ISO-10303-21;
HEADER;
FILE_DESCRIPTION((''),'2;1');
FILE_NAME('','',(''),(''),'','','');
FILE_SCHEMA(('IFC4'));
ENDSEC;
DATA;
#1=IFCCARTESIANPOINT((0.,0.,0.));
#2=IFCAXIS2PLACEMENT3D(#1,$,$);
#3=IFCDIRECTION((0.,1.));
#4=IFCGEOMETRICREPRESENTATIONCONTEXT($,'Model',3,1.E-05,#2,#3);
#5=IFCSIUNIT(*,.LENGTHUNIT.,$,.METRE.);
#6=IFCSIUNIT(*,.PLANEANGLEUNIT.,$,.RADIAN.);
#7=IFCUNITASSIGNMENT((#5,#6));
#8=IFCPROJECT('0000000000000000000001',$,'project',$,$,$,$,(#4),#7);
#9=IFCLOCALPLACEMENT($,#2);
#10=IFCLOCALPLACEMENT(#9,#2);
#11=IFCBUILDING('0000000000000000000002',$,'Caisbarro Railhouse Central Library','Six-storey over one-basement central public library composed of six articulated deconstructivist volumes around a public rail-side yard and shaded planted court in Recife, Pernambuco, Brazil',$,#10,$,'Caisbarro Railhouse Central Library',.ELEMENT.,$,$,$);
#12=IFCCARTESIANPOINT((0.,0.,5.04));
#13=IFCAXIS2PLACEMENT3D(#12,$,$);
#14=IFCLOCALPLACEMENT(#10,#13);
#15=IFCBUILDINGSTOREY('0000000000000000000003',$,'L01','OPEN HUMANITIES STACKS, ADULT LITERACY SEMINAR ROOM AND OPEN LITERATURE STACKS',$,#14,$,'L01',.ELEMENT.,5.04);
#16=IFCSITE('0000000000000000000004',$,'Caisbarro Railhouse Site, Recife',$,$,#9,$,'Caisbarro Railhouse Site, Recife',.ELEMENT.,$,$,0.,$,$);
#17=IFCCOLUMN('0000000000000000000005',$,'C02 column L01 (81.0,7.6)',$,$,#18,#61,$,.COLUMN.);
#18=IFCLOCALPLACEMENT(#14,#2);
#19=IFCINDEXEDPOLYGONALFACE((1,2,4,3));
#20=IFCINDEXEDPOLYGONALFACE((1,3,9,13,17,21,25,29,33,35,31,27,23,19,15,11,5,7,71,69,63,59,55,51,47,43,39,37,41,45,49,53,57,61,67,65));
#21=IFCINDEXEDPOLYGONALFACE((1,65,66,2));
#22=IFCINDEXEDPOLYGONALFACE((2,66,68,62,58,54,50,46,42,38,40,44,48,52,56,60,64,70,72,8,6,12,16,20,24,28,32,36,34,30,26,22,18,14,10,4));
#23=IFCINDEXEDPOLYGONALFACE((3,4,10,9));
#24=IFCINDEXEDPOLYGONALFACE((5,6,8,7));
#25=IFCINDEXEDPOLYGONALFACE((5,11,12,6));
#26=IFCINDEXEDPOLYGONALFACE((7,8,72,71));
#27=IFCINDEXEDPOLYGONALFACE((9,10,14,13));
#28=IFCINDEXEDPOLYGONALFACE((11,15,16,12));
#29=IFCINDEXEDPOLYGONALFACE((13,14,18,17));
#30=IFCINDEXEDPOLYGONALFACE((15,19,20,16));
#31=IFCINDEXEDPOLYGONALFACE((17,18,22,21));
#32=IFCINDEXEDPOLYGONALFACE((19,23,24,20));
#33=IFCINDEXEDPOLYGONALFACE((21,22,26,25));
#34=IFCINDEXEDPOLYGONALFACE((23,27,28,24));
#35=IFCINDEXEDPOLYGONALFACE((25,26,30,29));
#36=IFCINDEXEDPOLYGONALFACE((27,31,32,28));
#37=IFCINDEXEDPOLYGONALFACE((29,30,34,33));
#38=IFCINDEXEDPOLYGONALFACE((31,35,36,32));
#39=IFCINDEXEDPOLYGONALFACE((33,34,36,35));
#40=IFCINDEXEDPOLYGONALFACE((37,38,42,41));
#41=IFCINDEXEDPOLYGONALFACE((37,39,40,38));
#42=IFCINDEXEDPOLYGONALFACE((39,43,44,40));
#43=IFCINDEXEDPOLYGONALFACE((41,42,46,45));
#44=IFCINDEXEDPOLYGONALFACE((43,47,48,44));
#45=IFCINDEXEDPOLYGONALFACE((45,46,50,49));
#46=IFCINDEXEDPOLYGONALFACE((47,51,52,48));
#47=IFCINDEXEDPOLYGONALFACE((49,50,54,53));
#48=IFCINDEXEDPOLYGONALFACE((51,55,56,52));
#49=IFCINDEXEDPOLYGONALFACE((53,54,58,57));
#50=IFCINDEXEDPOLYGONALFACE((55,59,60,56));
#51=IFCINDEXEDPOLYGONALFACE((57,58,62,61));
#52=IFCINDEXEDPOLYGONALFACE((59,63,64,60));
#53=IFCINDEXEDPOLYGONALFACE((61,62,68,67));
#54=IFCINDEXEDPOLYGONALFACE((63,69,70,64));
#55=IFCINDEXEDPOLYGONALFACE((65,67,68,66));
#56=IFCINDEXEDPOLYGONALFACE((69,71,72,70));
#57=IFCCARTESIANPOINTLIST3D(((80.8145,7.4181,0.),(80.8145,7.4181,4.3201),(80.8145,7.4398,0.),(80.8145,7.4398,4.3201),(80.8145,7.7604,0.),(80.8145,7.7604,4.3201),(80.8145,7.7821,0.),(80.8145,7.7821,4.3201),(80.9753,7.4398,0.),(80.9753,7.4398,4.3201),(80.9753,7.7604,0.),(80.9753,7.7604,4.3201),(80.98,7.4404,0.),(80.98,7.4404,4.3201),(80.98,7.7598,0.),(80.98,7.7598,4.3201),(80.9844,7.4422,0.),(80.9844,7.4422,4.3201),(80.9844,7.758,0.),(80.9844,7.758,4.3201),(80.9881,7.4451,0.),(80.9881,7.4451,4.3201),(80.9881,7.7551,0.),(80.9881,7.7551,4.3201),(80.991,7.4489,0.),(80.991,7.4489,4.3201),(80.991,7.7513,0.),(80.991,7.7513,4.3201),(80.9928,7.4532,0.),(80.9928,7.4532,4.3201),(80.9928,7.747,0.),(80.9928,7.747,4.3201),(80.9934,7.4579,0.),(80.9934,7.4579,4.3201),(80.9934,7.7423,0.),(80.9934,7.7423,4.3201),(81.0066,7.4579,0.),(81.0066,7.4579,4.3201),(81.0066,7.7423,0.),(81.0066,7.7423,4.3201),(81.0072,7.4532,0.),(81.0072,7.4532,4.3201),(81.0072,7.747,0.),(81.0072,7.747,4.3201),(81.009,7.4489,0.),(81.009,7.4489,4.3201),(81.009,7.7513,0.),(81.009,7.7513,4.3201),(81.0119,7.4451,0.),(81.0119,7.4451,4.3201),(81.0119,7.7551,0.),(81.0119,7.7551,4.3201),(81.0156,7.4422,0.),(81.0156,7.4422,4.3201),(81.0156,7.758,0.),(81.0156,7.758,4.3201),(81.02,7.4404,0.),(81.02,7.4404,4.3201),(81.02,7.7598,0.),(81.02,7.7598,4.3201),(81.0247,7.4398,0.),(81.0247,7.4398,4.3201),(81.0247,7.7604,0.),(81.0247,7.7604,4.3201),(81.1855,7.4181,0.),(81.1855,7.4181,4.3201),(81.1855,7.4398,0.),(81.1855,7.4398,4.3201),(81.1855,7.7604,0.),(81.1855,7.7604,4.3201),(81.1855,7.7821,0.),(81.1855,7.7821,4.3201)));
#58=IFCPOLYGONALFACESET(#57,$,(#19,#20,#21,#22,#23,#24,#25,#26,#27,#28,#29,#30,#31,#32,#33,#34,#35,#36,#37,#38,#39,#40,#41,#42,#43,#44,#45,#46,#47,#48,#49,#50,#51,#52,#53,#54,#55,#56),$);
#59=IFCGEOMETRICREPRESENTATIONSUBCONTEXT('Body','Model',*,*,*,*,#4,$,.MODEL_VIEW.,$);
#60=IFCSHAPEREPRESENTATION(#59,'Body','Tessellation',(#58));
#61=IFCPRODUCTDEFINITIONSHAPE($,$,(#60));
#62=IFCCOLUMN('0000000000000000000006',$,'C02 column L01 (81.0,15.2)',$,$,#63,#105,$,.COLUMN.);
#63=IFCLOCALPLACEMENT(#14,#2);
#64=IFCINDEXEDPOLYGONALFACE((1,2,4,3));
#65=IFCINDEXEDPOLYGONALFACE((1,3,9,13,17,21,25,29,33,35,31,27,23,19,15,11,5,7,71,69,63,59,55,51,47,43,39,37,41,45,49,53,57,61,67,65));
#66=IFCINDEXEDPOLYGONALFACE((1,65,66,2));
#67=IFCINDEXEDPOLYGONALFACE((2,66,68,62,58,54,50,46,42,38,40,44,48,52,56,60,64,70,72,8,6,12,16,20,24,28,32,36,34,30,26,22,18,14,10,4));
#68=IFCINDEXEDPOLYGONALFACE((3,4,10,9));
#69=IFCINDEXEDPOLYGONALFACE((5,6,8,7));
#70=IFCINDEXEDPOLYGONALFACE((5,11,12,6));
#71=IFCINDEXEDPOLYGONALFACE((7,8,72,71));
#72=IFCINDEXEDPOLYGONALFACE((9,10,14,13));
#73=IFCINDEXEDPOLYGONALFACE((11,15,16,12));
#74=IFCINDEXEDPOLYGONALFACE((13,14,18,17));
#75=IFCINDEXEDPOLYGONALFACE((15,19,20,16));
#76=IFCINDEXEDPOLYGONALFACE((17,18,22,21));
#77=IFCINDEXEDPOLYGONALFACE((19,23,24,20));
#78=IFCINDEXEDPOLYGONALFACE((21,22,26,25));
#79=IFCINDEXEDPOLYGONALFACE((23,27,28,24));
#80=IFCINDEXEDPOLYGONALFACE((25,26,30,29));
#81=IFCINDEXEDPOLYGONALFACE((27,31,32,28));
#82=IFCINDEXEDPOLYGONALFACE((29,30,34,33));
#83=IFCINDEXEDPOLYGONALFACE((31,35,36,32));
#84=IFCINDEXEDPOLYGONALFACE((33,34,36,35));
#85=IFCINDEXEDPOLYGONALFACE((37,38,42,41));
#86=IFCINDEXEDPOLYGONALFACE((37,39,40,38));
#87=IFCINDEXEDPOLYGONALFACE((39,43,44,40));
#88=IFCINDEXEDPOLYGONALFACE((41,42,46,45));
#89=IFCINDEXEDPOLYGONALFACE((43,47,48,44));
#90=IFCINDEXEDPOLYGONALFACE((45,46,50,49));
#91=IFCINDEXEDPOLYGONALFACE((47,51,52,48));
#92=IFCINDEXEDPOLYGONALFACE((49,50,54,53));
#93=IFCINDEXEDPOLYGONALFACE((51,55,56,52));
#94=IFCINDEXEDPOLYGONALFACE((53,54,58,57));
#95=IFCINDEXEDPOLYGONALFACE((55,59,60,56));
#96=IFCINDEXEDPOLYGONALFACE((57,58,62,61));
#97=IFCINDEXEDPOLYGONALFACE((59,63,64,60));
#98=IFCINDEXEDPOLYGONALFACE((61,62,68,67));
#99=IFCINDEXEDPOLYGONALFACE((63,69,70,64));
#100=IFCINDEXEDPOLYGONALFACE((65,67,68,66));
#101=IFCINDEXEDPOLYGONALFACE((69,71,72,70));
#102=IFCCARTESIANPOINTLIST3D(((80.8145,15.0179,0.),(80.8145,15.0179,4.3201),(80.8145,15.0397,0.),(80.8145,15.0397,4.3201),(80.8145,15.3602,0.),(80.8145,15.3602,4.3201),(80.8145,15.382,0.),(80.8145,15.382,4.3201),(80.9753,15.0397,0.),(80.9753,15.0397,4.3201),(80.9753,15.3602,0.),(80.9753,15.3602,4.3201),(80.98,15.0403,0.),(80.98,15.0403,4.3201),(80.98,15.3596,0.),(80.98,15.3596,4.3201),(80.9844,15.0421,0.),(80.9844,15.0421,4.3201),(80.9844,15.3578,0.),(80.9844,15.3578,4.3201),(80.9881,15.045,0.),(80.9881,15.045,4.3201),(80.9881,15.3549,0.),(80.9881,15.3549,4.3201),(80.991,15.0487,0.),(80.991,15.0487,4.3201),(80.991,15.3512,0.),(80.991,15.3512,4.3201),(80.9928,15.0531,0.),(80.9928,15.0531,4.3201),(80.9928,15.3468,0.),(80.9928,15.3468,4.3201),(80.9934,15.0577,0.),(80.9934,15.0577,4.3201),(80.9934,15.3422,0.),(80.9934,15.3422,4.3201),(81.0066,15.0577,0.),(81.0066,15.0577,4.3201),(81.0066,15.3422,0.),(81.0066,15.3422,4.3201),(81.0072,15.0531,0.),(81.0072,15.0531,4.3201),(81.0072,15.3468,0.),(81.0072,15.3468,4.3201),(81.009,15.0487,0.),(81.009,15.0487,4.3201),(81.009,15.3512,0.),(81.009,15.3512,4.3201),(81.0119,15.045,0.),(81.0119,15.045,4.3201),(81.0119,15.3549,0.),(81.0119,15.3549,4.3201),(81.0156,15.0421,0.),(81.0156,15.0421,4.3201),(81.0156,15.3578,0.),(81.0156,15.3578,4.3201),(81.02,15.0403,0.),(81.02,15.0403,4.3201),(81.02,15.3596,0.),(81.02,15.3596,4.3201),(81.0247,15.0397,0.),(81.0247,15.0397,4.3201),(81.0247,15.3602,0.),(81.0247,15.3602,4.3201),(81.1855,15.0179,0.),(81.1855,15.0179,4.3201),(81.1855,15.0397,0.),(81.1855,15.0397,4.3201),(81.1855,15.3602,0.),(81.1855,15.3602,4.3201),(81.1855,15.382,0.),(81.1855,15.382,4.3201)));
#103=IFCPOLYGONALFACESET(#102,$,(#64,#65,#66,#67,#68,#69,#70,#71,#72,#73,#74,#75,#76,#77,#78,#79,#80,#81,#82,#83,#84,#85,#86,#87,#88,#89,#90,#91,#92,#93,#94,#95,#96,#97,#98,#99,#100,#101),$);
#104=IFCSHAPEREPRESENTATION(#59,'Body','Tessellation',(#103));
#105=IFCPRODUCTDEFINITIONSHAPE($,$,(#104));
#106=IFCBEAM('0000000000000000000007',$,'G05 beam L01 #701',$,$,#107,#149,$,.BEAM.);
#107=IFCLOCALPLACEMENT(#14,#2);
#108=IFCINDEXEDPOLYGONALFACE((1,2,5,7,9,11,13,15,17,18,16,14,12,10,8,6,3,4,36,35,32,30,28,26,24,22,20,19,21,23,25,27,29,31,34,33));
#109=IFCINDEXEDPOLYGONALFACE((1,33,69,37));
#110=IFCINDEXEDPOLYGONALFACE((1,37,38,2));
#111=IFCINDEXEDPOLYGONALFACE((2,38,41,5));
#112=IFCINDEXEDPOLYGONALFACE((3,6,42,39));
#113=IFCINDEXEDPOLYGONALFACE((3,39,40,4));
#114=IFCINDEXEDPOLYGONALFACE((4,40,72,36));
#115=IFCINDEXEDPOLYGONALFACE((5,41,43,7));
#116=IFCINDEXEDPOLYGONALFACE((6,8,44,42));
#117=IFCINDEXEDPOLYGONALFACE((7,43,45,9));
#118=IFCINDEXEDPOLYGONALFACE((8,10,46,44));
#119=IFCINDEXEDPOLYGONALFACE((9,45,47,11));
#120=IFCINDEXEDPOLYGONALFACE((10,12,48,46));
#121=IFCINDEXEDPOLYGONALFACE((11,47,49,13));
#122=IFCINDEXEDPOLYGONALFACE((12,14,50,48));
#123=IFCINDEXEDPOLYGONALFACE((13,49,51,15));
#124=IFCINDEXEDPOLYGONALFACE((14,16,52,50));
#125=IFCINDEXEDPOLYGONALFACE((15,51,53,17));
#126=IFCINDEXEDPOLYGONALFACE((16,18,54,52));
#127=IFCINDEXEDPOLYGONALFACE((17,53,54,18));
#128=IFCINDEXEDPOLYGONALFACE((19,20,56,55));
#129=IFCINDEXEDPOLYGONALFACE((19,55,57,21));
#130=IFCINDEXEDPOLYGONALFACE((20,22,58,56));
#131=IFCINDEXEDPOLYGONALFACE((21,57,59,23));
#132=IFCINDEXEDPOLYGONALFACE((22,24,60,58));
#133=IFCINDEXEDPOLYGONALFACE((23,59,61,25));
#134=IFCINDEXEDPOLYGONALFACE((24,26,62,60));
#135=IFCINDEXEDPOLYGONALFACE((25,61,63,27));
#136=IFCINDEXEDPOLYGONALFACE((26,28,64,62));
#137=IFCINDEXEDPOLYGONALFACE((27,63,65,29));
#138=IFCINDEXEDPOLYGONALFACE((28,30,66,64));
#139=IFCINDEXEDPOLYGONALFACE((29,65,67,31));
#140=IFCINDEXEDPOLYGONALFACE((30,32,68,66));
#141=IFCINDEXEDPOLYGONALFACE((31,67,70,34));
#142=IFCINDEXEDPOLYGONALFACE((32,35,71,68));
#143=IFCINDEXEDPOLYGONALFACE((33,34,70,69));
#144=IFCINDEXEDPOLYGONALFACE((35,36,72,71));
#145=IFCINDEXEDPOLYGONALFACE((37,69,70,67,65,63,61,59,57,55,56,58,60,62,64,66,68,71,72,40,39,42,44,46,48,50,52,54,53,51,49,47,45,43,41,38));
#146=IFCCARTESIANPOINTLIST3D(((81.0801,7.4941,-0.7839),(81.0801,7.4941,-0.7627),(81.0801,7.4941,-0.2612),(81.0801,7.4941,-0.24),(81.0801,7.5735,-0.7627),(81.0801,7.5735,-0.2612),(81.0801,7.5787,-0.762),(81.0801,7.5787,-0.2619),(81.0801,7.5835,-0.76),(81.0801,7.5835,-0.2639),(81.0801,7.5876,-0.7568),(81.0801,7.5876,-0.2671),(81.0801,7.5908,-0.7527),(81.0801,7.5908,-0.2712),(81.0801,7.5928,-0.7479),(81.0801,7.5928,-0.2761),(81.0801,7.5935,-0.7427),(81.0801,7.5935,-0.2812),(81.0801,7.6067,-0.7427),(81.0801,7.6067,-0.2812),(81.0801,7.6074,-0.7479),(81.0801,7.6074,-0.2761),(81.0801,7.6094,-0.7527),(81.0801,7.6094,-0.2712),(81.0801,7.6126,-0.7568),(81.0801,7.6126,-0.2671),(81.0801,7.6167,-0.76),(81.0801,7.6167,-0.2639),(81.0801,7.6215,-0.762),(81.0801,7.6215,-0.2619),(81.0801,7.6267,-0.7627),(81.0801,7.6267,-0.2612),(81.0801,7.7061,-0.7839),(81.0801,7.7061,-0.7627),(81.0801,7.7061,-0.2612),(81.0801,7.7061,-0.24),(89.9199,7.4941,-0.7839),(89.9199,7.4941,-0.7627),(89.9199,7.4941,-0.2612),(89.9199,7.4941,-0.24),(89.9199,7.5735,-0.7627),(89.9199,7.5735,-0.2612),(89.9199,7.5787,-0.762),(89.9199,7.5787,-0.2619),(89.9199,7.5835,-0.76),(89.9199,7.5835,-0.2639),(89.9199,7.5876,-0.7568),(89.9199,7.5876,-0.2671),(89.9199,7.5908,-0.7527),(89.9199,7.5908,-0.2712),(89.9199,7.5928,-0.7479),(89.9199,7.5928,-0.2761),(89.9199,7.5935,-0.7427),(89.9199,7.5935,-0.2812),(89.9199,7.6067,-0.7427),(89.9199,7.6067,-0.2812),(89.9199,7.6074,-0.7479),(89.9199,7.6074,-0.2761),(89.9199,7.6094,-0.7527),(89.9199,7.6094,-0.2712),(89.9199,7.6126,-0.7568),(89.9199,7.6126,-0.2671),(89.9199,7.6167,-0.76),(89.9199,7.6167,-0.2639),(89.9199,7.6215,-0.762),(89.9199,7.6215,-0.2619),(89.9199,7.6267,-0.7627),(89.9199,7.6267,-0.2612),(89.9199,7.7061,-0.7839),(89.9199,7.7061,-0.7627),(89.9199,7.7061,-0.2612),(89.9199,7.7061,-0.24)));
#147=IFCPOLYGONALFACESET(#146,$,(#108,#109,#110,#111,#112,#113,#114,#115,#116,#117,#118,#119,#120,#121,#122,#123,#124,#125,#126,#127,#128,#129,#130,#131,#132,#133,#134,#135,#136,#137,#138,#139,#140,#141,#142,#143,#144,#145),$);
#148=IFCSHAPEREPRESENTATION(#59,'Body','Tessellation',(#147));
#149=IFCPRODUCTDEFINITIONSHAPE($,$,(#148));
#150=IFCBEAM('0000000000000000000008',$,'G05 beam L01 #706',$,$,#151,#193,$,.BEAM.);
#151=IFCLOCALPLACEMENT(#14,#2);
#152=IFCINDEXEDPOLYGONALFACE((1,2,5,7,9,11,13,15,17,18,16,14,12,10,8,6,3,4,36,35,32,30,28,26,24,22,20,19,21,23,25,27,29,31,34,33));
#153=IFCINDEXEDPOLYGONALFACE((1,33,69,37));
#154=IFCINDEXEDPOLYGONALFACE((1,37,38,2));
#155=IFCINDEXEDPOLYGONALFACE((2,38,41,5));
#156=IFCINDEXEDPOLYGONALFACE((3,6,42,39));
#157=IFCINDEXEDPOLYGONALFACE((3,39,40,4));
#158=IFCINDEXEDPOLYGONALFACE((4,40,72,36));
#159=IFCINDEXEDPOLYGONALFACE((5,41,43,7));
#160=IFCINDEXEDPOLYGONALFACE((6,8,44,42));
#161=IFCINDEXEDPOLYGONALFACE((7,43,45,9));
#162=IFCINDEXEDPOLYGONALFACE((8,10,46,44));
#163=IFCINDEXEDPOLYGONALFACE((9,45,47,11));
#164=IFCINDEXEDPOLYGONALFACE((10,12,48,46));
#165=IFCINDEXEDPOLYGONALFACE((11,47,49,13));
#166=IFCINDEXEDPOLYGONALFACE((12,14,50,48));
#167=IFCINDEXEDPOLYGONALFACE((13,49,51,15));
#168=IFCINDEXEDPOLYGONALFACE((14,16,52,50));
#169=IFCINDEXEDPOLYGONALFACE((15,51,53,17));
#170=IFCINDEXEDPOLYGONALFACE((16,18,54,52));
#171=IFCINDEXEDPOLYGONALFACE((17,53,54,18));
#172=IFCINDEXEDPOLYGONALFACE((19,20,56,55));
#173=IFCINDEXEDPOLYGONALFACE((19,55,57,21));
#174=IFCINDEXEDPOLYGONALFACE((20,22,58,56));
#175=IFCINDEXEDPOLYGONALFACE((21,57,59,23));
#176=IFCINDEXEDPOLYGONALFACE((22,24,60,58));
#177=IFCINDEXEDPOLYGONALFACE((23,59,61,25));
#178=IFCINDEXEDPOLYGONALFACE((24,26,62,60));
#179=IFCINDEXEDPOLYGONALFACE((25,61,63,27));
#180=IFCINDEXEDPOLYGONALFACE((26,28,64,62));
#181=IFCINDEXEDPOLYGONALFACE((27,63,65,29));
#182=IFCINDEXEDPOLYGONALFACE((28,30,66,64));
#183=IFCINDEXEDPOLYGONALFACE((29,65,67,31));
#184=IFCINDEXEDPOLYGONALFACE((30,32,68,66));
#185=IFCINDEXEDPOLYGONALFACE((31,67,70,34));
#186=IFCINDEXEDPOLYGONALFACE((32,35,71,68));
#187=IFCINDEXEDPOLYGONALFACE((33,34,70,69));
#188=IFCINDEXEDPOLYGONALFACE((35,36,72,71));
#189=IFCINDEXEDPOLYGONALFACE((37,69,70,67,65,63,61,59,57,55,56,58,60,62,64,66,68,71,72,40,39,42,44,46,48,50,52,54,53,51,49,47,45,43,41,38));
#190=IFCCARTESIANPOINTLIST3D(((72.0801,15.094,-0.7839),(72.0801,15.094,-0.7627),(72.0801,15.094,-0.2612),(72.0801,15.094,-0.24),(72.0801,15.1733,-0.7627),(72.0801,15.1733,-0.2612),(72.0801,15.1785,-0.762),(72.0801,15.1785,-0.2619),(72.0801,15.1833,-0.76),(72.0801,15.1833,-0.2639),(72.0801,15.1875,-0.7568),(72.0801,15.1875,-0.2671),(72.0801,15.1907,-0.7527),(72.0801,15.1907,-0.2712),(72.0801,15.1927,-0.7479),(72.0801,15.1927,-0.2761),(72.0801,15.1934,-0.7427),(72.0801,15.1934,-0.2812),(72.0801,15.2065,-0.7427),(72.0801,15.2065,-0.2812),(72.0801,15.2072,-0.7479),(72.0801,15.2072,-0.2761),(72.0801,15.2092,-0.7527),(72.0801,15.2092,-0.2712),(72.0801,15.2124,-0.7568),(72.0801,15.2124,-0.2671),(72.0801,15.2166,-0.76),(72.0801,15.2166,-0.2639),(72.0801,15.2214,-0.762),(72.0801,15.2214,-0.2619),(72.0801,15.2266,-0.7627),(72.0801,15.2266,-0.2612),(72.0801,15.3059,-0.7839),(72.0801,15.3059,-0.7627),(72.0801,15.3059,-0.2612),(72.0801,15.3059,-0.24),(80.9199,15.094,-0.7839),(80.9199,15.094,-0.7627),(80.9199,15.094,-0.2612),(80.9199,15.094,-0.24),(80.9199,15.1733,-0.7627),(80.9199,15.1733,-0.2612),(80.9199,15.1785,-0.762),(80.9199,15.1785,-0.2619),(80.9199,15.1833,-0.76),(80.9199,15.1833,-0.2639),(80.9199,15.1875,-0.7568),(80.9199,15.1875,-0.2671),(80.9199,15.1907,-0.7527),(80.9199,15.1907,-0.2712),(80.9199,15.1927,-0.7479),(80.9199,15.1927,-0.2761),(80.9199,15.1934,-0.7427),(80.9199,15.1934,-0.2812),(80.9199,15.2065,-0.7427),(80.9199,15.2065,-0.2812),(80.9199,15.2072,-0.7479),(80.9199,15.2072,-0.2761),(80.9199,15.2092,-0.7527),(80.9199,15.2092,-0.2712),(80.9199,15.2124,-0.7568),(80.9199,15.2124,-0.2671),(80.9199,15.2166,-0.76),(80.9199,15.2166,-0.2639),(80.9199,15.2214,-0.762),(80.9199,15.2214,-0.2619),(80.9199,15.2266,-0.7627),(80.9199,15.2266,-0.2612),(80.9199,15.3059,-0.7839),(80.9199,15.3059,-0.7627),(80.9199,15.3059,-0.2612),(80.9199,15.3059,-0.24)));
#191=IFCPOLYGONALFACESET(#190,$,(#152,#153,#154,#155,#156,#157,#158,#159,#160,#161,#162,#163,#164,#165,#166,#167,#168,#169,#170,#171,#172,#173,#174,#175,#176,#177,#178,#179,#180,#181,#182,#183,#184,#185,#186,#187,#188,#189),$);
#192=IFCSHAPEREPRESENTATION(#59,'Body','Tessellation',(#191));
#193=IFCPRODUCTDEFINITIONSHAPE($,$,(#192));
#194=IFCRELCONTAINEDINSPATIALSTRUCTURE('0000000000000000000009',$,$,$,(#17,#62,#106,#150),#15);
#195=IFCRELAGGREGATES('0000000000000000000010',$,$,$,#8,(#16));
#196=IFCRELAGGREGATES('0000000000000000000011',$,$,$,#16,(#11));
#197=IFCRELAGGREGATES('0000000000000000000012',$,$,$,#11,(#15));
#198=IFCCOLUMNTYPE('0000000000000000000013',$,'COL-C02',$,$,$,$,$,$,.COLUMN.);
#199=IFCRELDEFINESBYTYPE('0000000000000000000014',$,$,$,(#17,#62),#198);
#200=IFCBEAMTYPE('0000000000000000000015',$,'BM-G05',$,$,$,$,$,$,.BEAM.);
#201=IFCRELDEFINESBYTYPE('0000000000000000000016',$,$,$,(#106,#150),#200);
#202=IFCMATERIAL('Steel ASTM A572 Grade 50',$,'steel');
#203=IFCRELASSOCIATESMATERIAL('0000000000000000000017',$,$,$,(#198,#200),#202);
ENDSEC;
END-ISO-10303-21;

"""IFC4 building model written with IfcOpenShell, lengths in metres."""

from ifc_helpers import new_model, si_unit, direction, frame, origin, origin_2d, place, context, subcontext, project, spatial, i_section, extrude, material, material_profile, profile_set, type_object, element, save


model = new_model("IFC4")

# Units and contexts
model_context = context("Model", 3, precision=1e-05, world=origin(), true_north=direction((0.0, 1.0)))
body_context = subcontext(model_context, "Body", "Model", "MODEL_VIEW")
ifc_project = project(units=[si_unit("LENGTHUNIT", "METRE"), si_unit("PLANEANGLEUNIT", "RADIAN")], contexts=[model_context])

# Site, building, storey
site_placement = place(None, origin())
site = spatial("IfcSite", under=ifc_project, at=site_placement, Name="Caisbarro Railhouse Site, Recife", LongName="Caisbarro Railhouse Site, Recife", CompositionType="ELEMENT", RefElevation=0.0)
building_placement = place(site_placement, origin())
building = spatial("IfcBuilding", under=site, at=building_placement, Name="Caisbarro Railhouse Central Library", Description="Six-storey over one-basement central public library composed of six articulated deconstructivist volumes around a public rail-side yard and shaded planted court in Recife, Pernambuco, Brazil", LongName="Caisbarro Railhouse Central Library", CompositionType="ELEMENT")
storey_placement = place(building_placement, frame((0.0, 0.0, 5.04)))
storey = spatial("IfcBuildingStorey", under=building, at=storey_placement, Name="L01", Description="OPEN HUMANITIES STACKS, ADULT LITERACY SEMINAR ROOM AND OPEN LITERATURE STACKS", LongName="L01", CompositionType="ELEMENT", Elevation=5.04)

# Columns
ifc_material_1 = material(Name="Steel ASTM A572 Grade 50", Category="steel")
ifc_material_profile_1 = material_profile(ifc_material_1, i_section(OverallWidth=0.3711, OverallDepth=0.364, WebThickness=0.0132, FlangeThickness=0.0217, FilletRadius=0.0181, at=origin_2d()), Name="W360X162.0")
ifc_profile_set_1 = profile_set([ifc_material_profile_1], Name="Steel ASTM A572 Grade 50")
column_type = type_object("IfcColumnType", Name="COL-C02", PredefinedType="COLUMN", material=ifc_profile_set_1)
for number, where, z_axis, x_axis, name in (
    (1, (81.0, 7.6001, 0.0), (0.0, 0.0, 1.0), (1.0, 0.0, 0.0), "C02 column L01 (81.0,7.6)"),
    (2, (81.0, 15.2, 0.0), (0.0, 0.0, 1.0), (1.0, 0.0, 0.0), "C02 column L01 (81.0,15.2)"),
):
    element("IfcColumn", number, at=place(storey_placement, frame(where, z_axis=z_axis, x_axis=x_axis)), inside=storey, type_object=column_type, Name=name, PredefinedType="COLUMN", context=body_context, shape_type="SweptSolid", body=[
        extrude(i_section(OverallWidth=0.3711, OverallDepth=0.364, WebThickness=0.0132, FlangeThickness=0.0217, FilletRadius=0.0181, at=origin_2d()), origin(), (0.0, 0.0, 1.0), 4.3201),
    ])

# Beams
ifc_material_profile_2 = material_profile(ifc_material_1, i_section(OverallWidth=0.2119, OverallDepth=0.5439, WebThickness=0.0132, FlangeThickness=0.0212, FilletRadius=0.02, at=origin_2d()), Name="W530X123.0")
ifc_profile_set_2 = profile_set([ifc_material_profile_2], Name="Steel ASTM A572 Grade 50")
beam_type_1 = type_object("IfcBeamType", Name="BM-G05", PredefinedType="BEAM", material=ifc_profile_set_2)
for number, where, z_axis, x_axis, name in (
    (3, (81.0801, 7.6001, -0.512), (1.0, 0.0, 0.0), (0.0, 1.0, 0.0), "G05 beam L01 #701"),
    (4, (72.0801, 15.2, -0.512), (1.0, 0.0, 0.0), (0.0, 1.0, 0.0), "G05 beam L01 #706"),
):
    element("IfcBeam", number, at=place(storey_placement, frame(where, z_axis=z_axis, x_axis=x_axis)), inside=storey, type_object=beam_type_1, Name=name, PredefinedType="BEAM", context=body_context, shape_type="SweptSolid", body=[
        extrude(i_section(OverallWidth=0.2119, OverallDepth=0.5439, WebThickness=0.0132, FlangeThickness=0.0212, FilletRadius=0.02, at=origin_2d()), origin(), (0.0, 0.0, 1.0), 8.8398),
    ])

save(model, "model.ifc")
